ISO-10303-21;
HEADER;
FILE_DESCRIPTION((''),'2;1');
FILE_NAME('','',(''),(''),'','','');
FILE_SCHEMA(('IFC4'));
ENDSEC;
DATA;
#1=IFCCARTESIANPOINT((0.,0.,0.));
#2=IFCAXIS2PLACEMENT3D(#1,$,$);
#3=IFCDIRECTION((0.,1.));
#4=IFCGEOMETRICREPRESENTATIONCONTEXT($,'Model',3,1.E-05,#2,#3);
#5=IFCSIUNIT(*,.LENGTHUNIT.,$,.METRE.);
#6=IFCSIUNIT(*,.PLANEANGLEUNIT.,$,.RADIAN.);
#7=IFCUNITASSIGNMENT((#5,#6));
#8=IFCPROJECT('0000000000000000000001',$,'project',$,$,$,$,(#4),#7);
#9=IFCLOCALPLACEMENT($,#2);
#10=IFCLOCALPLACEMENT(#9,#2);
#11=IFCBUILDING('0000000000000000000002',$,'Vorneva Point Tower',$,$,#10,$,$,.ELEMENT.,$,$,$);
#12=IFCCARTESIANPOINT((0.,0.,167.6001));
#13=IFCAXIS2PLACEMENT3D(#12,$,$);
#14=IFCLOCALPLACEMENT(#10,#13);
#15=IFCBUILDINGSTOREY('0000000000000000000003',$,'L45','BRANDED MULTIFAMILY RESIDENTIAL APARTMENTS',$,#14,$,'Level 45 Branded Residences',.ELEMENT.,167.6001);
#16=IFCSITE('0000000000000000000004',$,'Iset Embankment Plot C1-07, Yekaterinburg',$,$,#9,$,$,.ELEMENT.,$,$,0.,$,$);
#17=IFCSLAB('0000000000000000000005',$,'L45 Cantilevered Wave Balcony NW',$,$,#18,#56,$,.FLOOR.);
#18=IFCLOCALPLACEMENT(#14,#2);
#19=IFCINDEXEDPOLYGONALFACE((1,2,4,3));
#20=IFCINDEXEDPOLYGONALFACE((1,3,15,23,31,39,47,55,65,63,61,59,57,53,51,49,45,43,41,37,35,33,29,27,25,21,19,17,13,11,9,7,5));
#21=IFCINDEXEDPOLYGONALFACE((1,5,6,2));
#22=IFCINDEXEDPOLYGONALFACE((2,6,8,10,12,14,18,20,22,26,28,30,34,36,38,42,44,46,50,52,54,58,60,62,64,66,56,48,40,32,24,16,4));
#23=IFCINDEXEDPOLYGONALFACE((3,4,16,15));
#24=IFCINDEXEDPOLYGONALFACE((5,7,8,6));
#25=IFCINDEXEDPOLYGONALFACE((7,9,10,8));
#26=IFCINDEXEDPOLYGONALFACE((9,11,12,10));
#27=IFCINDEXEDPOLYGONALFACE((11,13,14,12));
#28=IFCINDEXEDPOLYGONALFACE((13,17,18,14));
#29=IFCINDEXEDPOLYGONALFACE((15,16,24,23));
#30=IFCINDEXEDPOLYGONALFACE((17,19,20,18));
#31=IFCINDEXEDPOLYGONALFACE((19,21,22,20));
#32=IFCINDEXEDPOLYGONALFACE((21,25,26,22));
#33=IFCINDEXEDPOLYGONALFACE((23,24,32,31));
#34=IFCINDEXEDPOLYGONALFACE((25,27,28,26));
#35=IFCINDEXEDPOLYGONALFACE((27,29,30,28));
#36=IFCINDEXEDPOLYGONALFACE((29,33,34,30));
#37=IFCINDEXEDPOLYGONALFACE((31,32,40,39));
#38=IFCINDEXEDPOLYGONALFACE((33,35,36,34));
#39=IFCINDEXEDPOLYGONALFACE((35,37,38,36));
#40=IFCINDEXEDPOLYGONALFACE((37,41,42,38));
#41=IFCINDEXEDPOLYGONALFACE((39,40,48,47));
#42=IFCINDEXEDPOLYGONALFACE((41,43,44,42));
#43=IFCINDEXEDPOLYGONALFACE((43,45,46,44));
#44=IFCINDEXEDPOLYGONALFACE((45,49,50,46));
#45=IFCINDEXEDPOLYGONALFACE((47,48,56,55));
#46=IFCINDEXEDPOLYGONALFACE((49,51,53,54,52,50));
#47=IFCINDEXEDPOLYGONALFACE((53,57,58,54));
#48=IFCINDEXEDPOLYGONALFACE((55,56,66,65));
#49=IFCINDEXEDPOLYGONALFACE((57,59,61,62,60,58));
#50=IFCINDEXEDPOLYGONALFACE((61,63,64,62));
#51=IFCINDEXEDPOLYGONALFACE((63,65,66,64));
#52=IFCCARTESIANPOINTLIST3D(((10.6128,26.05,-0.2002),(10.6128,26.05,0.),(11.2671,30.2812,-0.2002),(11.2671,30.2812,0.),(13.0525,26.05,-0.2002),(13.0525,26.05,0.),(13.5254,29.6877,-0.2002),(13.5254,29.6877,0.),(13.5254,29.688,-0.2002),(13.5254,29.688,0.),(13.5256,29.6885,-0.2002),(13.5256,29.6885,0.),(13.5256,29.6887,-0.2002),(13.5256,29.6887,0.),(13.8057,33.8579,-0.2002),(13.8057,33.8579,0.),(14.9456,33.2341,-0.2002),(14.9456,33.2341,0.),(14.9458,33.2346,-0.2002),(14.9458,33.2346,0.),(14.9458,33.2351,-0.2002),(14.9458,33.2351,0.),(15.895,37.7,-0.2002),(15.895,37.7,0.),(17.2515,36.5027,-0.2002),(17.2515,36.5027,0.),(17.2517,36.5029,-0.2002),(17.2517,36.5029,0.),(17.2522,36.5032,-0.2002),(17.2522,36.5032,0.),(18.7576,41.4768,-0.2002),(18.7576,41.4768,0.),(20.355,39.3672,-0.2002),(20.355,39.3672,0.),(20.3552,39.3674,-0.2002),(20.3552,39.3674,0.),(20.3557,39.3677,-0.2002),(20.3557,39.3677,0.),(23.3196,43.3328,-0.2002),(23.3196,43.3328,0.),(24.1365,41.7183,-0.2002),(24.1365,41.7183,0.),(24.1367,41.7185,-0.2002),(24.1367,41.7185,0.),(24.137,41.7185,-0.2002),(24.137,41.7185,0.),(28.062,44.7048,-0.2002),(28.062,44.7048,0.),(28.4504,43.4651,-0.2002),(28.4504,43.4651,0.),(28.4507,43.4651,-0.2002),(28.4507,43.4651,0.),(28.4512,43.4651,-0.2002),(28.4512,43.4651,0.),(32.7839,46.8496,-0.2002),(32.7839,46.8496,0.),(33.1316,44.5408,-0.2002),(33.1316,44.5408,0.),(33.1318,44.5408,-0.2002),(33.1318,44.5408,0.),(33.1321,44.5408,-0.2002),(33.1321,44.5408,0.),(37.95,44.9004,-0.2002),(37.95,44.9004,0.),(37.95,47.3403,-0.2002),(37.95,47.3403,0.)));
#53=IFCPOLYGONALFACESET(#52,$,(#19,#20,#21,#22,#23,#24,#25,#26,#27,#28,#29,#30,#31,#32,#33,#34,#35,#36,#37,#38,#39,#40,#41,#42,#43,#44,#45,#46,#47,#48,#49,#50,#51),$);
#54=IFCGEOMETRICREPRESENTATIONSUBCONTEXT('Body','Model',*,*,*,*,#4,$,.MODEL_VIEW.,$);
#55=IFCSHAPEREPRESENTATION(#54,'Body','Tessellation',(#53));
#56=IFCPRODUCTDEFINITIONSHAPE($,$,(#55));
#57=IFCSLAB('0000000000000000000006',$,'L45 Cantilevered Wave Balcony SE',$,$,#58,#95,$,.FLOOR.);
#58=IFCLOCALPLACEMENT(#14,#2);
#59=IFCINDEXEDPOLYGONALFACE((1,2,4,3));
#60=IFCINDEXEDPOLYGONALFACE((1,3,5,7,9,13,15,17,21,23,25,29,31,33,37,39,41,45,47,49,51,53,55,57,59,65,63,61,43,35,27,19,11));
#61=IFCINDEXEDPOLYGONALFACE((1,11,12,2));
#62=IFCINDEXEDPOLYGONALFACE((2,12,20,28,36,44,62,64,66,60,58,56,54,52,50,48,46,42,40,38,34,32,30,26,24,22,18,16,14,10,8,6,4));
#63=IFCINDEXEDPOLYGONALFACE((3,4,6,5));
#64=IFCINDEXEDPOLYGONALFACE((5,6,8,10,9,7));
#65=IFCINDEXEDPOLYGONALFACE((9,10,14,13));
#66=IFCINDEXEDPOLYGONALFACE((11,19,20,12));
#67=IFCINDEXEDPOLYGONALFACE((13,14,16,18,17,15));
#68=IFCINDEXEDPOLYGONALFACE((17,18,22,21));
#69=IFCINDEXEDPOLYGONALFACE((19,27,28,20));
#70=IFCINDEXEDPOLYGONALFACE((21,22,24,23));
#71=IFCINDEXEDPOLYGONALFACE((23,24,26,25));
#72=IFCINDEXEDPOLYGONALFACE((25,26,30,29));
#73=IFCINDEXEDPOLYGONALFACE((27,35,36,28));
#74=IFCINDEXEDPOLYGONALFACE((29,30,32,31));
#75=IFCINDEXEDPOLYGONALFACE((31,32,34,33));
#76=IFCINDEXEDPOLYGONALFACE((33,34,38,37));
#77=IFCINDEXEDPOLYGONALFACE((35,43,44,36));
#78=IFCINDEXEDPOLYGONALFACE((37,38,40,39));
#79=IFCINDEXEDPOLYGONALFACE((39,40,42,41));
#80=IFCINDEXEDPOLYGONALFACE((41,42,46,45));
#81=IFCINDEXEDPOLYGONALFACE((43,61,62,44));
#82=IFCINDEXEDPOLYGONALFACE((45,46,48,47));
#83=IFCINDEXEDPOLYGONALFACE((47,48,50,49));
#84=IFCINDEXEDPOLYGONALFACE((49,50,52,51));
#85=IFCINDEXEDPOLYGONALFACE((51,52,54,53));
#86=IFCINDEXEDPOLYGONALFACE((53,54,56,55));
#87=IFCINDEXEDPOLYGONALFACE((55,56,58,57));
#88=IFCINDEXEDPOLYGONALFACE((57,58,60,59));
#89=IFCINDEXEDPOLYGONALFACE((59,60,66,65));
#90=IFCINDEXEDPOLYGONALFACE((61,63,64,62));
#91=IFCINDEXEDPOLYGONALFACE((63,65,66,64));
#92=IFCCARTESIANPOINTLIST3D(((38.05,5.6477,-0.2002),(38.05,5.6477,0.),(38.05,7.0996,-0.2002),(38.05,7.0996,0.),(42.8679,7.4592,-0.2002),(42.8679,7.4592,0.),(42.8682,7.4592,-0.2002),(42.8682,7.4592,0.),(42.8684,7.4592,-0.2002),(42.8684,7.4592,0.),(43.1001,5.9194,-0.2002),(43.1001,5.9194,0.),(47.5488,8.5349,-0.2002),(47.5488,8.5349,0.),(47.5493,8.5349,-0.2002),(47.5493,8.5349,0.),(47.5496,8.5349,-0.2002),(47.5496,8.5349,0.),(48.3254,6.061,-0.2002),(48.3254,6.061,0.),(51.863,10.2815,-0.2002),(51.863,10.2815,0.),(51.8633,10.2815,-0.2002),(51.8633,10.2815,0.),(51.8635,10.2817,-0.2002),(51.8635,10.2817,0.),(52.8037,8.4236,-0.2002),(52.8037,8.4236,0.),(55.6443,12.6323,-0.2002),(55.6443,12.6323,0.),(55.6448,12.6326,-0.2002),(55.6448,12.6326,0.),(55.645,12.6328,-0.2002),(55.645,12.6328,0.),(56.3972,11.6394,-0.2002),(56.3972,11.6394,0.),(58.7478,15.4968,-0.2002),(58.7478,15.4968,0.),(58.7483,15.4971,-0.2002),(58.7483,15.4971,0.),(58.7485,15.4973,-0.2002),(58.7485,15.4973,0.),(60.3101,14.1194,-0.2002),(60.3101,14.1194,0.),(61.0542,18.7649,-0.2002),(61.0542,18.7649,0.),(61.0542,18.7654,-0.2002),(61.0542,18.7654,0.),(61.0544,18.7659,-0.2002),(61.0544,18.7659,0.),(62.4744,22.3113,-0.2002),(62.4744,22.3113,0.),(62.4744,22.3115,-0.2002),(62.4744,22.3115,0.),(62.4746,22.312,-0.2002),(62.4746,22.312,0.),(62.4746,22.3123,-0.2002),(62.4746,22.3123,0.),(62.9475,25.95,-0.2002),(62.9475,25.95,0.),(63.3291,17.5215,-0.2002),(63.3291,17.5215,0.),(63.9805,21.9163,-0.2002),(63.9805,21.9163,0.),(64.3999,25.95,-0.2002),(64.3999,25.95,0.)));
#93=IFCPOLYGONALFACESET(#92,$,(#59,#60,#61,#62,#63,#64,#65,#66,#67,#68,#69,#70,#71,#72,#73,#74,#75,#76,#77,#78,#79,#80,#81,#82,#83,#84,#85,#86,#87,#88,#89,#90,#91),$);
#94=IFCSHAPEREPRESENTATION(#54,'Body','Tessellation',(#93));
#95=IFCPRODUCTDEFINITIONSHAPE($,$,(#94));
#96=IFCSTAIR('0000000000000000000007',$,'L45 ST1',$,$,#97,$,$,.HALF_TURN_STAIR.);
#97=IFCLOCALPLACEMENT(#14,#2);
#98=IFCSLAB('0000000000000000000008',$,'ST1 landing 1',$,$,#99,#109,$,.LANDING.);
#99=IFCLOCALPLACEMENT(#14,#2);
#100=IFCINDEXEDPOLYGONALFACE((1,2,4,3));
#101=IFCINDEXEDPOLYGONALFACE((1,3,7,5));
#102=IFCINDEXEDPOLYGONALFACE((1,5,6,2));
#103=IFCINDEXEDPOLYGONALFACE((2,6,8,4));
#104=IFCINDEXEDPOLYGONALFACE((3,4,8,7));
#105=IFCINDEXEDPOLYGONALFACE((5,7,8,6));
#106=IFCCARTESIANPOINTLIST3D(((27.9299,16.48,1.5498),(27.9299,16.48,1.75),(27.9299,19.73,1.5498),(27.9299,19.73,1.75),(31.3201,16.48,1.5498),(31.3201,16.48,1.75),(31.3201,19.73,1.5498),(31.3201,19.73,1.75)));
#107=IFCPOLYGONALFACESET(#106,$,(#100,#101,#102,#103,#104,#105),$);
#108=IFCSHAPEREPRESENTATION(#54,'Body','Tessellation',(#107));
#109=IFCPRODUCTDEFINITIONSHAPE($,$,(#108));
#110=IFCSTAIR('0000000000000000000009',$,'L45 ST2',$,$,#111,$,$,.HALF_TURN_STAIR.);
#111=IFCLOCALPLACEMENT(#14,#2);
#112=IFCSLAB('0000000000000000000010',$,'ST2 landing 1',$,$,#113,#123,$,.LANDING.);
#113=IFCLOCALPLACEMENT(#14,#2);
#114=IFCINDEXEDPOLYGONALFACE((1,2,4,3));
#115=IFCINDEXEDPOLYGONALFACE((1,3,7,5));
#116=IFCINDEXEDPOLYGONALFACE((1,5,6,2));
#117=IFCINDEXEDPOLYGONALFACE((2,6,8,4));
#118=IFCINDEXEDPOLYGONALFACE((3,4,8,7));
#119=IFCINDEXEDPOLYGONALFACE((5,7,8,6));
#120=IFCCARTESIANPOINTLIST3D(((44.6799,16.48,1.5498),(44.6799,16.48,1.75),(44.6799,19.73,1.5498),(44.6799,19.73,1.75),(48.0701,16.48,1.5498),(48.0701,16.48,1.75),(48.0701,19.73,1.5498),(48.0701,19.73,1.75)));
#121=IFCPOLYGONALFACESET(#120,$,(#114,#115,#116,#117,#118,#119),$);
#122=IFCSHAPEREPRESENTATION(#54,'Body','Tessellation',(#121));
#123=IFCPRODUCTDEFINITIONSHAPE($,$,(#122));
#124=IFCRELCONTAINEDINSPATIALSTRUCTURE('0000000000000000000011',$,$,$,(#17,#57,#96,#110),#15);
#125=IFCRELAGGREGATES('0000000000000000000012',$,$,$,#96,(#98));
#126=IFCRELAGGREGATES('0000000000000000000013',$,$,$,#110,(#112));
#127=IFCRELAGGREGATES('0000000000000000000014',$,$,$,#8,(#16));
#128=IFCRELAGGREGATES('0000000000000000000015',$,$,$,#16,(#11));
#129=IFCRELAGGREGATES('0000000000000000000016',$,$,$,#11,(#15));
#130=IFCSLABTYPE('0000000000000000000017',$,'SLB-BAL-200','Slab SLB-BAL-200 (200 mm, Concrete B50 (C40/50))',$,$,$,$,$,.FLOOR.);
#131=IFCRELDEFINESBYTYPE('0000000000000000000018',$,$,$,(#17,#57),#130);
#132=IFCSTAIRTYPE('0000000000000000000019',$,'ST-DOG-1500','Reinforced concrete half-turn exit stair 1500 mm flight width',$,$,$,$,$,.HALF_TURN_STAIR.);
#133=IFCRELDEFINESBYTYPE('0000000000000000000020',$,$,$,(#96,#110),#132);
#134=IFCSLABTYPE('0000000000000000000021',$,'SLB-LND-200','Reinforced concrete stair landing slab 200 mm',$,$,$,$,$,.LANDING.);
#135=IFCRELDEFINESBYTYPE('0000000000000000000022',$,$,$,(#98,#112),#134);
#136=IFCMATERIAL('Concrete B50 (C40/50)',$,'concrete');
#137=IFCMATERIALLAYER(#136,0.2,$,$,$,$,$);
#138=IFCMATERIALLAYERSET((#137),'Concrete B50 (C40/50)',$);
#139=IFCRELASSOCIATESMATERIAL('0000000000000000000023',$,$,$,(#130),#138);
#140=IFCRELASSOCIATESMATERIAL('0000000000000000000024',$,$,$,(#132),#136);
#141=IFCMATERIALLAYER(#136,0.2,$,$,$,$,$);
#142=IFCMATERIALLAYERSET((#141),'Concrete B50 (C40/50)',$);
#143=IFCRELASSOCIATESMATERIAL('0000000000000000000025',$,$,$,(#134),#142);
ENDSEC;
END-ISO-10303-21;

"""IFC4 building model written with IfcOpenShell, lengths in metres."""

from ifc_helpers import new_model, si_unit, direction, frame, origin, place, context, subcontext, project, spatial, polyline, outline, extrude, material, layer, layer_set, type_object, element, aggregate, save


model = new_model("IFC4")

# Units and contexts
model_context = context("Model", 3, precision=1e-05, world=origin(), true_north=direction((0.0, 1.0)))
body_context = subcontext(model_context, "Body", "Model", "MODEL_VIEW")
ifc_project = project(units=[si_unit("LENGTHUNIT", "METRE"), si_unit("PLANEANGLEUNIT", "RADIAN")], contexts=[model_context])

# Site, building, storey
site_placement = place(None, origin())
site = spatial("IfcSite", under=ifc_project, at=site_placement, Name="Iset Embankment Plot C1-07, Yekaterinburg", CompositionType="ELEMENT", RefElevation=0.0)
building_placement = place(site_placement, origin())
building = spatial("IfcBuilding", under=site, at=building_placement, Name="Vorneva Point Tower", CompositionType="ELEMENT")
storey_placement = place(building_placement, frame((0.0, 0.0, 167.6001)))
storey = spatial("IfcBuildingStorey", under=building, at=storey_placement, Name="L45", Description="BRANDED MULTIFAMILY RESIDENTIAL APARTMENTS", LongName="Level 45 Branded Residences", CompositionType="ELEMENT", Elevation=167.6001)

# Slabs
ifc_material_1 = material(Name="Concrete B50 (C40/50)", Category="concrete")
ifc_layer_1 = layer(ifc_material_1, 0.2)
ifc_layer_set_1 = layer_set([ifc_layer_1], Name="Concrete B50 (C40/50)")
slab_type_1 = type_object("IfcSlabType", Name="SLB-BAL-200", Description="Slab SLB-BAL-200 (200 mm, Concrete B50 (C40/50))", PredefinedType="FLOOR", material=ifc_layer_set_1)
slab_1_placement = place(storey_placement, frame((0.0, 0.0, -0.2002)))
element("IfcSlab", 1, at=slab_1_placement, inside=storey, type_object=slab_type_1, Name="L45 Cantilevered Wave Balcony NW", PredefinedType="FLOOR", context=body_context, shape_type="SweptSolid", body=[
    extrude(outline(polyline([(10.6128, 26.05), (13.0525, 26.05), (13.5254, 29.6877), (13.5254, 29.688), (13.5256, 29.6885), (13.5256, 29.6887), (14.9456, 33.2341), (14.9458, 33.2346), (14.9458, 33.2351), (17.2515, 36.5027), (17.2517, 36.5029), (17.2522, 36.5032), (20.355, 39.3672), (20.3552, 39.3674), (20.3557, 39.3677), (24.1365, 41.7183), (24.1367, 41.7185), (24.137, 41.7185), (28.4504, 43.4651), (28.4507, 43.4651), (28.4512, 43.4651), (33.1316, 44.5408), (33.1318, 44.5408), (33.1321, 44.5408), (37.95, 44.9004), (37.95, 47.3403), (32.7839, 46.8496), (28.062, 44.7048), (23.3196, 43.3328), (18.7576, 41.4768), (15.895, 37.7), (13.8057, 33.8579), (11.2671, 30.2812), (10.6128, 26.05)])), origin(), (0.0, 0.0, 1.0), 0.2002),
])
slab_2_placement = place(storey_placement, frame((0.0, 0.0, -0.2002)))
element("IfcSlab", 2, at=slab_2_placement, inside=storey, type_object=slab_type_1, Name="L45 Cantilevered Wave Balcony SE", PredefinedType="FLOOR", context=body_context, shape_type="SweptSolid", body=[
    extrude(outline(polyline([(63.9805, 21.9163), (64.3999, 25.95), (62.9475, 25.95), (62.4746, 22.3123), (62.4746, 22.312), (62.4744, 22.3115), (62.4744, 22.3113), (61.0544, 18.7659), (61.0542, 18.7654), (61.0542, 18.7649), (58.7485, 15.4973), (58.7483, 15.4971), (58.7478, 15.4968), (55.645, 12.6328), (55.6448, 12.6326), (55.6443, 12.6323), (51.8635, 10.2817), (51.8633, 10.2815), (51.863, 10.2815), (47.5496, 8.5349), (47.5493, 8.5349), (47.5488, 8.5349), (42.8684, 7.4592), (42.8682, 7.4592), (42.8679, 7.4592), (38.05, 7.0996), (38.05, 5.6477), (43.1001, 5.9194), (48.3254, 6.061), (52.8037, 8.4236), (56.3972, 11.6394), (60.3101, 14.1194), (63.3291, 17.5215), (63.9805, 21.9163)])), origin(), (0.0, 0.0, 1.0), 0.2002),
])

# Stairs, slabs
stair_type = type_object("IfcStairType", Name="ST-DOG-1500", Description="Reinforced concrete half-turn exit stair 1500 mm flight width", PredefinedType="HALF_TURN_STAIR", material=ifc_material_1)
stair_1_placement = place(storey_placement, origin())
stair_1 = element("IfcStair", 3, at=stair_1_placement, inside=storey, type_object=stair_type, Name="L45 ST1", PredefinedType="HALF_TURN_STAIR")
ifc_layer_2 = layer(ifc_material_1, 0.2)
ifc_layer_set_2 = layer_set([ifc_layer_2], Name="Concrete B50 (C40/50)")
slab_type_2 = type_object("IfcSlabType", Name="SLB-LND-200", Description="Reinforced concrete stair landing slab 200 mm", PredefinedType="LANDING", material=ifc_layer_set_2)
slab_3_placement = place(storey_placement, frame((0.0, 0.0, 1.5498)))
slab_3 = element("IfcSlab", 4, at=slab_3_placement, type_object=slab_type_2, Name="ST1 landing 1", PredefinedType="LANDING", context=body_context, shape_type="SweptSolid", body=[
    extrude(outline(polyline([(27.9299, 16.48), (31.3201, 16.48), (31.3201, 19.73), (27.9299, 19.73), (27.9299, 16.48)])), origin(), (0.0, 0.0, 1.0), 0.2002),
])
aggregate(stair_1, [slab_3])
stair_2_placement = place(storey_placement, origin())
stair_2 = element("IfcStair", 5, at=stair_2_placement, inside=storey, type_object=stair_type, Name="L45 ST2", PredefinedType="HALF_TURN_STAIR")
slab_4_placement = place(storey_placement, frame((0.0, 0.0, 1.5498)))
slab_4 = element("IfcSlab", 6, at=slab_4_placement, type_object=slab_type_2, Name="ST2 landing 1", PredefinedType="LANDING", context=body_context, shape_type="SweptSolid", body=[
    extrude(outline(polyline([(44.6799, 16.48), (48.0701, 16.48), (48.0701, 19.73), (44.6799, 19.73), (44.6799, 16.48)])), origin(), (0.0, 0.0, 1.0), 0.2002),
])
aggregate(stair_2, [slab_4])

save(model, "model.ifc")
